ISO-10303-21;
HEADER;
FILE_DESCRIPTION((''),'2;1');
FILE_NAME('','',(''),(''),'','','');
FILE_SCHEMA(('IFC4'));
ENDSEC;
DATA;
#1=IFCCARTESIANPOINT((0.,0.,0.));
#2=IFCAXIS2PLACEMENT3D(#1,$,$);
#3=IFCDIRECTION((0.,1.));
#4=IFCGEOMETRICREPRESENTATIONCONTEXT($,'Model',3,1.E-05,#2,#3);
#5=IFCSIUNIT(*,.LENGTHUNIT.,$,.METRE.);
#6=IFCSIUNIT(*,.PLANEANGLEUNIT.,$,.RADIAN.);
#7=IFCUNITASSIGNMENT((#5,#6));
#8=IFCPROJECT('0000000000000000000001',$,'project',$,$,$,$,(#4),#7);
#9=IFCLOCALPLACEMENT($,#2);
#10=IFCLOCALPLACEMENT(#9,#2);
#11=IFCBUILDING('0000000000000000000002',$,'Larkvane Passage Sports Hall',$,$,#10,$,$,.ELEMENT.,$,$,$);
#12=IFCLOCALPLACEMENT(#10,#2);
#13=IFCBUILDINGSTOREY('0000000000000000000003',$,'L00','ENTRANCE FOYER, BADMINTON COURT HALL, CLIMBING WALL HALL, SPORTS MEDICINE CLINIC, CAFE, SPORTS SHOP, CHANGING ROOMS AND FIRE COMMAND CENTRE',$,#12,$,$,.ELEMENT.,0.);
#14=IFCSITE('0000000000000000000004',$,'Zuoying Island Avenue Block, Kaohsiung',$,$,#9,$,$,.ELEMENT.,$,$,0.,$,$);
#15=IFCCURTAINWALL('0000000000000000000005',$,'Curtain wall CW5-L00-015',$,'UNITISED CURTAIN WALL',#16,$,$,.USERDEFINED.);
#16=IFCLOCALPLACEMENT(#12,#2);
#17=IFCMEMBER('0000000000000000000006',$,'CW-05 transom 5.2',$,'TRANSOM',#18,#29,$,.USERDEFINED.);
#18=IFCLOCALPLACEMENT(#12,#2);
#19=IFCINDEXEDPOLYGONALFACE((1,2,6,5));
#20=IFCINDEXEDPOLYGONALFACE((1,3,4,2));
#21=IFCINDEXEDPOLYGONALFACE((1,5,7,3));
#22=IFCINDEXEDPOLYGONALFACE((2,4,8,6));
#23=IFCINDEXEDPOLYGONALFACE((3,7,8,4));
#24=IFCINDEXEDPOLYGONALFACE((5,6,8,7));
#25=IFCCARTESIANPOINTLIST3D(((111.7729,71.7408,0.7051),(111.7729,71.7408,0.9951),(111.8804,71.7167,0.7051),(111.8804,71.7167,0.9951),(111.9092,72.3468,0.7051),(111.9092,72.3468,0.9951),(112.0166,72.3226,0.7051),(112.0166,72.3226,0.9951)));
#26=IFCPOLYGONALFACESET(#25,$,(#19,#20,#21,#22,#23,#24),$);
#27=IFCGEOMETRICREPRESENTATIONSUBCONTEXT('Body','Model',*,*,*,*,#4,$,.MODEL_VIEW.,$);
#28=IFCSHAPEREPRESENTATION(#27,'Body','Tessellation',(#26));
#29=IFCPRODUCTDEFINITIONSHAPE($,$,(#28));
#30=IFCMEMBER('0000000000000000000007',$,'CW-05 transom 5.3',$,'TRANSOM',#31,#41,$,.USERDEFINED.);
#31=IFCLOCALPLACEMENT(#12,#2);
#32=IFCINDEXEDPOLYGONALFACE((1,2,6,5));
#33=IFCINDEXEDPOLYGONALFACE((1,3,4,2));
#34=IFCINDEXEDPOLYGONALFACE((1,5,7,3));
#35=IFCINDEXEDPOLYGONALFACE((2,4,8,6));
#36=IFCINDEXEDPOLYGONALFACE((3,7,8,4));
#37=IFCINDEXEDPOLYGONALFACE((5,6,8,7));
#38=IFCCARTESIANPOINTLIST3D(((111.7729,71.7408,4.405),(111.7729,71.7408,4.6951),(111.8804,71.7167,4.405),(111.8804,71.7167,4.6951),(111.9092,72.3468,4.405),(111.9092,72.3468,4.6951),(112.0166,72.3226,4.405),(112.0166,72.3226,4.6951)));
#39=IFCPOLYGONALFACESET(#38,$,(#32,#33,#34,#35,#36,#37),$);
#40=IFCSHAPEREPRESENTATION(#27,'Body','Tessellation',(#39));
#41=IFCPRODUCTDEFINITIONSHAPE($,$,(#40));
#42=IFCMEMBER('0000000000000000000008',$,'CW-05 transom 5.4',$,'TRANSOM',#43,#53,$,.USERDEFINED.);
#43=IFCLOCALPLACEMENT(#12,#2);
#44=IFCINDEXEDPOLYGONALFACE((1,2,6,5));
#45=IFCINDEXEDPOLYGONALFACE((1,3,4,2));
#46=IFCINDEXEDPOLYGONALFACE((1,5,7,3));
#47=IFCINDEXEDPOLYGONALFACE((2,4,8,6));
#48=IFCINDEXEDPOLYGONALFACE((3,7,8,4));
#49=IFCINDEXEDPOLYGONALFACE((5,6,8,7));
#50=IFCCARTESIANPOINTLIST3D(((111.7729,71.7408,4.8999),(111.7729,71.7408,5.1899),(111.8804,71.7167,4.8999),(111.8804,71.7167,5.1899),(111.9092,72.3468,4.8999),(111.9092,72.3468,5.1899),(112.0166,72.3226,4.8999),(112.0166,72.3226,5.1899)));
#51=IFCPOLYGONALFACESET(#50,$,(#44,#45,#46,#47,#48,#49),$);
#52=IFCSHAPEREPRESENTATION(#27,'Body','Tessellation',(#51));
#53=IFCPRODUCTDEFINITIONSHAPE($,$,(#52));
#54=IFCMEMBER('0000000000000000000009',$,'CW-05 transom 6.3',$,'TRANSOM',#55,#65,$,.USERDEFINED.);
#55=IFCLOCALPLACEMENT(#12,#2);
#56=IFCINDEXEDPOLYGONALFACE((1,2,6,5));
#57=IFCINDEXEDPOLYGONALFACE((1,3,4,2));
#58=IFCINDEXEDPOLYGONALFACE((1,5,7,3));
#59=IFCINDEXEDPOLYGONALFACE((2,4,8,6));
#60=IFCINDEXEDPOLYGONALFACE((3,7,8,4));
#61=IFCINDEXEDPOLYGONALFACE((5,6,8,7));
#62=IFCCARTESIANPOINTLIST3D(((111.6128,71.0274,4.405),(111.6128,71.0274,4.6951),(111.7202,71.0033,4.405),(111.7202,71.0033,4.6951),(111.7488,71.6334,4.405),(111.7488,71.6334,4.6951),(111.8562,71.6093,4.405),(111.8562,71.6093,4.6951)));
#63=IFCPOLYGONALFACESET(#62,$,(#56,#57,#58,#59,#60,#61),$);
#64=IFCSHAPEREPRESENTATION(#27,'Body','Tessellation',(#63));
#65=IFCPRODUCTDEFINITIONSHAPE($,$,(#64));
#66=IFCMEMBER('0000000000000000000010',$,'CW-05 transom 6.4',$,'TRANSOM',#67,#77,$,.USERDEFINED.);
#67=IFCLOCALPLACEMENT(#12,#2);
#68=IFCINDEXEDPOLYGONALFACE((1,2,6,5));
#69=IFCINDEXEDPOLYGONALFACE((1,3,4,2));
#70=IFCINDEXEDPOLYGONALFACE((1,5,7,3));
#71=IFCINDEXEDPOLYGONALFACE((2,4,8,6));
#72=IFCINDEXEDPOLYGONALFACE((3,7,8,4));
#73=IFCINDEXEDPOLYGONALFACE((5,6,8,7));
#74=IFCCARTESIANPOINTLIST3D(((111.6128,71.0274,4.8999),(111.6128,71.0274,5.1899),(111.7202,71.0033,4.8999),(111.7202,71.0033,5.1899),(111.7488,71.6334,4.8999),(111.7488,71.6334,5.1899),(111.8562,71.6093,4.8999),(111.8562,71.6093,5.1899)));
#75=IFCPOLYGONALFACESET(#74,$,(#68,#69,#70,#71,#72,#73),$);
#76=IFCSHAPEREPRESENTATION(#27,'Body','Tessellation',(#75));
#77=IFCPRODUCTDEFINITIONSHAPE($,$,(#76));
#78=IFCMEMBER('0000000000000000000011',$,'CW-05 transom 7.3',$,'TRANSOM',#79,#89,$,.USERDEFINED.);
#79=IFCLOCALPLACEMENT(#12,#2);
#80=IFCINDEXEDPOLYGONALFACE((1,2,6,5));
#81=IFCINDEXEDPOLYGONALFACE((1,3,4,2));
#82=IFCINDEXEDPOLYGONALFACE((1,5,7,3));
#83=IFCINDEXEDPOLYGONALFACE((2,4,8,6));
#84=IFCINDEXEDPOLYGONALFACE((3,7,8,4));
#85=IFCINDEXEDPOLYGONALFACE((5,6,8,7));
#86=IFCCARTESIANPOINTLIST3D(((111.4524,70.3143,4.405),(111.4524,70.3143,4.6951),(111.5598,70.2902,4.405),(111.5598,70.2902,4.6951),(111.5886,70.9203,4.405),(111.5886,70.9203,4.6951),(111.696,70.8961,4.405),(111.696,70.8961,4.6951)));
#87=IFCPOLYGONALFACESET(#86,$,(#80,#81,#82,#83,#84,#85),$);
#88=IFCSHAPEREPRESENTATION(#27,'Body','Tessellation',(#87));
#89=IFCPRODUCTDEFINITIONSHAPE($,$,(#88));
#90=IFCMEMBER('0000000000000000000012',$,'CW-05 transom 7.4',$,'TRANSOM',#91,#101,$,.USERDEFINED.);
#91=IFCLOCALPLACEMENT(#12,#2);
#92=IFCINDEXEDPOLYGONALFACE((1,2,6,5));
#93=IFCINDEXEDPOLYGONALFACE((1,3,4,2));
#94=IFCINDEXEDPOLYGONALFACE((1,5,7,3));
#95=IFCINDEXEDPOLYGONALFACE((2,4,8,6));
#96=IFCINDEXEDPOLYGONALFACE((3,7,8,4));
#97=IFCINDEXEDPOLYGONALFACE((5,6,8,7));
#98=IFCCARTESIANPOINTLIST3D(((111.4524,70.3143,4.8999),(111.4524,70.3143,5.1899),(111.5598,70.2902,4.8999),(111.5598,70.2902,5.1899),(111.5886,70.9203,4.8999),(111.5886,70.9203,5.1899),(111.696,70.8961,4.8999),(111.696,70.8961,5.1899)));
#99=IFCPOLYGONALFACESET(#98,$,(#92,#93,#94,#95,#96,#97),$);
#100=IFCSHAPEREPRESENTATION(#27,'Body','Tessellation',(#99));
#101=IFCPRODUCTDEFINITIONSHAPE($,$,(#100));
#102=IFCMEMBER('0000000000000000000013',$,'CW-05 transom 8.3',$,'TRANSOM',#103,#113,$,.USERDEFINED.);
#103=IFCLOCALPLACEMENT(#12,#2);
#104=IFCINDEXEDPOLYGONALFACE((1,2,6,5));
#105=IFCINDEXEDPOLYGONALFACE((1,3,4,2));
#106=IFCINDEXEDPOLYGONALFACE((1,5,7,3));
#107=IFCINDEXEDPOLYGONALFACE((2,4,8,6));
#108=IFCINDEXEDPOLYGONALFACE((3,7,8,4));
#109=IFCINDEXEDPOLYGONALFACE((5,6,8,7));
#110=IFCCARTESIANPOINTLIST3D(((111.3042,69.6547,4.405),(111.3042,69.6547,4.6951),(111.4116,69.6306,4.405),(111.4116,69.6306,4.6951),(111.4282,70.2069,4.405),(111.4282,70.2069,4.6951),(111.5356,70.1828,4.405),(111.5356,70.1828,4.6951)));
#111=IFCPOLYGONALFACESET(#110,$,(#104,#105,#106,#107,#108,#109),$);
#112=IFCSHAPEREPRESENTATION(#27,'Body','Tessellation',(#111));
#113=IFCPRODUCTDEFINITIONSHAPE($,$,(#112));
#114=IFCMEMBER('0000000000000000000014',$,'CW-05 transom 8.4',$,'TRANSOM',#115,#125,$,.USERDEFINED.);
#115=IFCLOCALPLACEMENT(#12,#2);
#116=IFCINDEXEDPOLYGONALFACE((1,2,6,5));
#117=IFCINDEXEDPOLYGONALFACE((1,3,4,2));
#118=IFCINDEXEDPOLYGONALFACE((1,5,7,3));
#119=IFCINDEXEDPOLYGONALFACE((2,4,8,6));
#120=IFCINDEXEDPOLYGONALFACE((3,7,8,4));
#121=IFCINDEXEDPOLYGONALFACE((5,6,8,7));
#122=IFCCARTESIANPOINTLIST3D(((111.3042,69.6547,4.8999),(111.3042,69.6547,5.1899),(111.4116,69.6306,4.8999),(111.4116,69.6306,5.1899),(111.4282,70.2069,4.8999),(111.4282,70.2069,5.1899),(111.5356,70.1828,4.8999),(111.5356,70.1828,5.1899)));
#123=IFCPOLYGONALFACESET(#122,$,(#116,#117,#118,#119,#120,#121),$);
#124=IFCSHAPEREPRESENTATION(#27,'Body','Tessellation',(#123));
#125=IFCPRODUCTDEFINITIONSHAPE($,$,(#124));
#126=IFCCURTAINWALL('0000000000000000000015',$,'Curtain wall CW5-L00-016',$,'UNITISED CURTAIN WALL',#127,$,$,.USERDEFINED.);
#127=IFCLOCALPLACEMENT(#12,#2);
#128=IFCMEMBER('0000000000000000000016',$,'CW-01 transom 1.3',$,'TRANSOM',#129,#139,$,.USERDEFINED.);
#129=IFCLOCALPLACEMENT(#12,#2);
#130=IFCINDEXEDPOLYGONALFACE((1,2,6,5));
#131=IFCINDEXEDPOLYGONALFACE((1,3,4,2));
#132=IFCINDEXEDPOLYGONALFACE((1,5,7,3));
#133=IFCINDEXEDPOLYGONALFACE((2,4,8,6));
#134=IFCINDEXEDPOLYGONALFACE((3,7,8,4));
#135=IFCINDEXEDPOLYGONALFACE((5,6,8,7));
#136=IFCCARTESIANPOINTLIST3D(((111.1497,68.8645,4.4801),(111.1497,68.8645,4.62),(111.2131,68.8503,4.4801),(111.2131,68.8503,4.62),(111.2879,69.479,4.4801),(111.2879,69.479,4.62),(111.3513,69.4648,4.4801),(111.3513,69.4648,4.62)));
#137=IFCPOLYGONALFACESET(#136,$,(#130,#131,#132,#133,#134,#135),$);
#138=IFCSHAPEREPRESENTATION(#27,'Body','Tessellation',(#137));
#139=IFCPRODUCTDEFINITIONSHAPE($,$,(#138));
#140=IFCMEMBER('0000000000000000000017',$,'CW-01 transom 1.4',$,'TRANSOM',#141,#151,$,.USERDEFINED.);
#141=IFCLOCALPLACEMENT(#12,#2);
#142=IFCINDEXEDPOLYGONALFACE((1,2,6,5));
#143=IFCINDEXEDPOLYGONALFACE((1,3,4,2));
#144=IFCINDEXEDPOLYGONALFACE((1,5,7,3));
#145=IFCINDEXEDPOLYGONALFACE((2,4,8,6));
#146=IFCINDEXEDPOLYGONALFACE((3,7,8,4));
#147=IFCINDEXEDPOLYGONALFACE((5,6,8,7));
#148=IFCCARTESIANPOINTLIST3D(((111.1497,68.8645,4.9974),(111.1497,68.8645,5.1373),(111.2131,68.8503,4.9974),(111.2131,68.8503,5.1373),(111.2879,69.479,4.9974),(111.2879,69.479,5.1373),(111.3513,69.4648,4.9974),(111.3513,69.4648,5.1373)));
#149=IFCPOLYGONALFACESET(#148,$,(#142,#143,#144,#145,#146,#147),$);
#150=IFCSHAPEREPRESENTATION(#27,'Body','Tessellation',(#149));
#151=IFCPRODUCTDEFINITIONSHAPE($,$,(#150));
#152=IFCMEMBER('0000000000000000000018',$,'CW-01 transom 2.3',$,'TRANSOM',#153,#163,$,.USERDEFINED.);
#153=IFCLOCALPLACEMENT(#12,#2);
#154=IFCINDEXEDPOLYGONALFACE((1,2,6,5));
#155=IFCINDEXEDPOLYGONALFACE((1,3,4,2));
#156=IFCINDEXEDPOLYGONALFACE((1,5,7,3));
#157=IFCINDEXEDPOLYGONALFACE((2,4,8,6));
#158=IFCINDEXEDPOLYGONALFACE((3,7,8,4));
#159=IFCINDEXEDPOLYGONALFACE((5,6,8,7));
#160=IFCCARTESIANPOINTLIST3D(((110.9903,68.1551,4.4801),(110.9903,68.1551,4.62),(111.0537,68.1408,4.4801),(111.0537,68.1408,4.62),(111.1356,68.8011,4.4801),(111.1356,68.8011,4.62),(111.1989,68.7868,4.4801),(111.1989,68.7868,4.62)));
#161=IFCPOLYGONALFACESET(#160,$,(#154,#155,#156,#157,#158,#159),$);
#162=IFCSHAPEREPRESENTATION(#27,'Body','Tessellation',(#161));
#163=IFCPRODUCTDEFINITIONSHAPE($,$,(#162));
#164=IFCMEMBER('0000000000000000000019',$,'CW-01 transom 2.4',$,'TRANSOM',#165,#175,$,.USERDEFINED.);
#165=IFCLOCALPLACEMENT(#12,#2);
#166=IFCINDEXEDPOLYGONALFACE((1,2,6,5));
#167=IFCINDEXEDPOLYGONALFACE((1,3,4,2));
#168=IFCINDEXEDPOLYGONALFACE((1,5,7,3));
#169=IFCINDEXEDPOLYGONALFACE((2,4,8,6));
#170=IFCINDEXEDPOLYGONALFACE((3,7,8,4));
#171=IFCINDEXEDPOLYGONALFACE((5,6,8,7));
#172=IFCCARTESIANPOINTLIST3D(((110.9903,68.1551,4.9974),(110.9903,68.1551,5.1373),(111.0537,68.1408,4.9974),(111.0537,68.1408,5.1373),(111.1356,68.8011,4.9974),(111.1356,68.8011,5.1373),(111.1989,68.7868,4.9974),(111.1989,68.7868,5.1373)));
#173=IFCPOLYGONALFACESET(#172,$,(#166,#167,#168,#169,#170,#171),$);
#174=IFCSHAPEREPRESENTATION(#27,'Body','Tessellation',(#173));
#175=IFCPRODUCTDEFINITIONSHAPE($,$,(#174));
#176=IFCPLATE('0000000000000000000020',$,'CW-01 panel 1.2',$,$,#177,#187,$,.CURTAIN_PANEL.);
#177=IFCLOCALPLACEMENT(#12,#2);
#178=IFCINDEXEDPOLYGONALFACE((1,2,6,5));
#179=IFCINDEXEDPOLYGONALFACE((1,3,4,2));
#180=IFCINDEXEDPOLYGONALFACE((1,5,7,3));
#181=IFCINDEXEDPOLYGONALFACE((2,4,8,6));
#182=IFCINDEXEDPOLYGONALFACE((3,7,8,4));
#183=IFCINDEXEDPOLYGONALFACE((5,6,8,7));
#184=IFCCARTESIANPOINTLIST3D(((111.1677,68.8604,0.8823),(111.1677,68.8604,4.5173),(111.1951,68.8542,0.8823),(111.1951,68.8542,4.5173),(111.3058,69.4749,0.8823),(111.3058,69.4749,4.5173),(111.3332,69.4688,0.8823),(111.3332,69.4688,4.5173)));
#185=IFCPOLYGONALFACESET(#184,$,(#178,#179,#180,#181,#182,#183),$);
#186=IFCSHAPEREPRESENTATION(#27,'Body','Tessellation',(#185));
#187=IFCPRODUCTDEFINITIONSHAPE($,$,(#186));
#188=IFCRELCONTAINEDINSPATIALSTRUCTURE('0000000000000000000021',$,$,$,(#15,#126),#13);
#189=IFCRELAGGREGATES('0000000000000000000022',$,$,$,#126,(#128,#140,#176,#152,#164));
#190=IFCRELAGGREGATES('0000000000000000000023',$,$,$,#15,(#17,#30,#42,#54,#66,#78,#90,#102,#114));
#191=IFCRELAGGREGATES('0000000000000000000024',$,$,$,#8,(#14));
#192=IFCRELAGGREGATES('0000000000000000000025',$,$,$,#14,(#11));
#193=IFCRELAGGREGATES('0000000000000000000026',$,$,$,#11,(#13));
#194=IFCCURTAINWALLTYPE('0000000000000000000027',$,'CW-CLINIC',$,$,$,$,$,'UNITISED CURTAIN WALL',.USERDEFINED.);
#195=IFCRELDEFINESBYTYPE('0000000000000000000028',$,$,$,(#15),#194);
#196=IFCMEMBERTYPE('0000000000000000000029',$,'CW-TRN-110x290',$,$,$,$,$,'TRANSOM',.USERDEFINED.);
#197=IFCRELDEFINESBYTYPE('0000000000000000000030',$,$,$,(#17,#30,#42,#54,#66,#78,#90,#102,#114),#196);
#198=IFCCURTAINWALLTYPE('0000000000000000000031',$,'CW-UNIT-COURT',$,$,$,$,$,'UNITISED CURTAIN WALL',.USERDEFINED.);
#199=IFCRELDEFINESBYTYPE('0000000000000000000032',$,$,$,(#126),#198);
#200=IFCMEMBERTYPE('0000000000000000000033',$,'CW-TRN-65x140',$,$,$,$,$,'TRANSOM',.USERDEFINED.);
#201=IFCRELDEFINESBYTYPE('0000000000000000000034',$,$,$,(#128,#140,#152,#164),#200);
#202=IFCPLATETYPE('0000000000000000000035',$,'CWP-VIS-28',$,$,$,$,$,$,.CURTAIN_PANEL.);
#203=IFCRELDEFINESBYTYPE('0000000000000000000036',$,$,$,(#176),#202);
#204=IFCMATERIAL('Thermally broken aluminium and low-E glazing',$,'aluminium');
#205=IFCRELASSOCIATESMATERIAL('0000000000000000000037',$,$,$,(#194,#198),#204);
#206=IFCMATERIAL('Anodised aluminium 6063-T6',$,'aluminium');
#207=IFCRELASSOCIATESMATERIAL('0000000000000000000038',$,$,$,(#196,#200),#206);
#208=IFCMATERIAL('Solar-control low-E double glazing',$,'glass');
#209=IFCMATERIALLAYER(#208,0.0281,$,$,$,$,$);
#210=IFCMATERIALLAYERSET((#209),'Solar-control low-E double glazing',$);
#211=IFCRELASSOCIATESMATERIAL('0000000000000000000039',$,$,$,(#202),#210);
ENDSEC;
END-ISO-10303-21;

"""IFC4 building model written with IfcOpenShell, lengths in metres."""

from ifc_helpers import new_model, si_unit, direction, frame, origin, origin_2d, place, context, subcontext, project, spatial, rectangle, extrude, material, layer, layer_set, material_profile, profile_set, type_object, element, aggregate, save


model = new_model("IFC4")

# Units and contexts
model_context = context("Model", 3, precision=1e-05, world=origin(), true_north=direction((0.0, 1.0)))
body_context = subcontext(model_context, "Body", "Model", "MODEL_VIEW")
ifc_project = project(units=[si_unit("LENGTHUNIT", "METRE"), si_unit("PLANEANGLEUNIT", "RADIAN")], contexts=[model_context])

# Site, building, storey
site_placement = place(None, origin())
site = spatial("IfcSite", under=ifc_project, at=site_placement, Name="Zuoying Island Avenue Block, Kaohsiung", CompositionType="ELEMENT", RefElevation=0.0)
building_placement = place(site_placement, origin())
building = spatial("IfcBuilding", under=site, at=building_placement, Name="Larkvane Passage Sports Hall", CompositionType="ELEMENT")
storey_placement = place(building_placement, origin())
storey = spatial("IfcBuildingStorey", under=building, at=storey_placement, Name="L00", Description="ENTRANCE FOYER, BADMINTON COURT HALL, CLIMBING WALL HALL, SPORTS MEDICINE CLINIC, CAFE, SPORTS SHOP, CHANGING ROOMS AND FIRE COMMAND CENTRE", CompositionType="ELEMENT", Elevation=0.0)

# Curtain wall, members
ifc_material_1 = material(Name="Thermally broken aluminium and low-E glazing", Category="aluminium")
curtain_wall_type_1 = type_object("IfcCurtainWallType", Name="CW-CLINIC", ElementType="UNITISED CURTAIN WALL", PredefinedType="USERDEFINED", material=ifc_material_1)
curtain_wall_1_placement = place(storey_placement, origin())
curtain_wall_1 = element("IfcCurtainWall", 1, at=curtain_wall_1_placement, inside=storey, type_object=curtain_wall_type_1, Name="Curtain wall CW5-L00-015", ObjectType="UNITISED CURTAIN WALL", PredefinedType="USERDEFINED")
ifc_material_2 = material(Name="Anodised aluminium 6063-T6", Category="aluminium")
ifc_material_profile_1 = material_profile(ifc_material_2, rectangle(XDim=0.1101, YDim=0.29, at=origin_2d()), Name="ALU-TRN-110x290")
ifc_profile_set_1 = profile_set([ifc_material_profile_1], Name="Anodised aluminium 6063-T6")
member_type_1 = type_object("IfcMemberType", Name="CW-TRN-110x290", ElementType="TRANSOM", PredefinedType="USERDEFINED", material=ifc_profile_set_1)
member_1_placement = place(storey_placement, frame((111.9629, 72.3347, 0.8501), z_axis=(-0.219344, -0.975648, 0.0), x_axis=(0.975648, -0.219344, 0.0)))
member_1 = element("IfcMember", 2, at=member_1_placement, type_object=member_type_1, Name="CW-05 transom 5.2", ObjectType="TRANSOM", PredefinedType="USERDEFINED", context=body_context, shape_type="SweptSolid", body=[
    extrude(rectangle(XDim=0.1101, YDim=0.29, at=origin_2d()), origin(), (0.0, 0.0, 1.0), 0.6211),
])
member_2_placement = place(storey_placement, frame((111.9629, 72.3347, 4.55), z_axis=(-0.219344, -0.975648, 0.0), x_axis=(0.975648, -0.219344, 0.0)))
member_2 = element("IfcMember", 3, at=member_2_placement, type_object=member_type_1, Name="CW-05 transom 5.3", ObjectType="TRANSOM", PredefinedType="USERDEFINED", context=body_context, shape_type="SweptSolid", body=[
    extrude(rectangle(XDim=0.1101, YDim=0.29, at=origin_2d()), origin(), (0.0, 0.0, 1.0), 0.6211),
])
member_3_placement = place(storey_placement, frame((111.9629, 72.3347, 5.0449), z_axis=(-0.219344, -0.975648, 0.0), x_axis=(0.975648, -0.219344, 0.0)))
member_3 = element("IfcMember", 4, at=member_3_placement, type_object=member_type_1, Name="CW-05 transom 5.4", ObjectType="TRANSOM", PredefinedType="USERDEFINED", context=body_context, shape_type="SweptSolid", body=[
    extrude(rectangle(XDim=0.1101, YDim=0.29, at=origin_2d()), origin(), (0.0, 0.0, 1.0), 0.6211),
])
member_4_placement = place(storey_placement, frame((111.8025, 71.6213, 4.55), z_axis=(-0.21897, -0.975732, 0.0), x_axis=(0.975732, -0.21897, 0.0)))
member_4 = element("IfcMember", 5, at=member_4_placement, type_object=member_type_1, Name="CW-05 transom 6.3", ObjectType="TRANSOM", PredefinedType="USERDEFINED", context=body_context, shape_type="SweptSolid", body=[
    extrude(rectangle(XDim=0.1101, YDim=0.29, at=origin_2d()), origin(), (0.0, 0.0, 1.0), 0.6211),
])
member_5_placement = place(storey_placement, frame((111.8025, 71.6213, 5.0449), z_axis=(-0.21897, -0.975732, 0.0), x_axis=(0.975732, -0.21897, 0.0)))
member_5 = element("IfcMember", 6, at=member_5_placement, type_object=member_type_1, Name="CW-05 transom 6.4", ObjectType="TRANSOM", PredefinedType="USERDEFINED", context=body_context, shape_type="SweptSolid", body=[
    extrude(rectangle(XDim=0.1101, YDim=0.29, at=origin_2d()), origin(), (0.0, 0.0, 1.0), 0.6211),
])
member_6_placement = place(storey_placement, frame((111.6423, 70.9082, 4.55), z_axis=(-0.219344, -0.975648, 0.0), x_axis=(0.975648, -0.219344, 0.0)))
member_6 = element("IfcMember", 7, at=member_6_placement, type_object=member_type_1, Name="CW-05 transom 7.3", ObjectType="TRANSOM", PredefinedType="USERDEFINED", context=body_context, shape_type="SweptSolid", body=[
    extrude(rectangle(XDim=0.1101, YDim=0.29, at=origin_2d()), origin(), (0.0, 0.0, 1.0), 0.6211),
])
member_7_placement = place(storey_placement, frame((111.6423, 70.9082, 5.0449), z_axis=(-0.219344, -0.975648, 0.0), x_axis=(0.975648, -0.219344, 0.0)))
member_7 = element("IfcMember", 8, at=member_7_placement, type_object=member_type_1, Name="CW-05 transom 7.4", ObjectType="TRANSOM", PredefinedType="USERDEFINED", context=body_context, shape_type="SweptSolid", body=[
    extrude(rectangle(XDim=0.1101, YDim=0.29, at=origin_2d()), origin(), (0.0, 0.0, 1.0), 0.6211),
])
member_8_placement = place(storey_placement, frame((111.4819, 70.1948, 4.55), z_axis=(-0.219122, -0.975697, 0.0), x_axis=(0.975697, -0.219122, 0.0)))
member_8 = element("IfcMember", 9, at=member_8_placement, type_object=member_type_1, Name="CW-05 transom 8.3", ObjectType="TRANSOM", PredefinedType="USERDEFINED", context=body_context, shape_type="SweptSolid", body=[
    extrude(rectangle(XDim=0.1101, YDim=0.29, at=origin_2d()), origin(), (0.0, 0.0, 1.0), 0.5659),
])
member_9_placement = place(storey_placement, frame((111.4819, 70.1948, 5.0449), z_axis=(-0.219122, -0.975697, 0.0), x_axis=(0.975697, -0.219122, 0.0)))
member_9 = element("IfcMember", 10, at=member_9_placement, type_object=member_type_1, Name="CW-05 transom 8.4", ObjectType="TRANSOM", PredefinedType="USERDEFINED", context=body_context, shape_type="SweptSolid", body=[
    extrude(rectangle(XDim=0.1101, YDim=0.29, at=origin_2d()), origin(), (0.0, 0.0, 1.0), 0.5659),
])

# Curtain wall, members, plate
curtain_wall_type_2 = type_object("IfcCurtainWallType", Name="CW-UNIT-COURT", ElementType="UNITISED CURTAIN WALL", PredefinedType="USERDEFINED", material=ifc_material_1)
curtain_wall_2_placement = place(storey_placement, origin())
curtain_wall_2 = element("IfcCurtainWall", 11, at=curtain_wall_2_placement, inside=storey, type_object=curtain_wall_type_2, Name="Curtain wall CW5-L00-016", ObjectType="UNITISED CURTAIN WALL", PredefinedType="USERDEFINED")
ifc_material_profile_2 = material_profile(ifc_material_2, rectangle(XDim=0.0649, YDim=0.1399, at=origin_2d()), Name="ALU-TRN-65x140")
ifc_profile_set_2 = profile_set([ifc_material_profile_2], Name="Anodised aluminium 6063-T6")
member_type_2 = type_object("IfcMemberType", Name="CW-TRN-65x140", ElementType="TRANSOM", PredefinedType="USERDEFINED", material=ifc_profile_set_2)
member_10_placement = place(storey_placement, frame((111.3196, 69.4719, 4.55), z_axis=(-0.219392, -0.975637, 0.0), x_axis=(0.975637, -0.219392, 0.0)))
member_10 = element("IfcMember", 12, at=member_10_placement, type_object=member_type_2, Name="CW-01 transom 1.3", ObjectType="TRANSOM", PredefinedType="USERDEFINED", context=body_context, shape_type="SweptSolid", body=[
    extrude(rectangle(XDim=0.0649, YDim=0.1399, at=origin_2d()), origin(), (0.0, 0.0, 1.0), 0.6299),
])
member_11_placement = place(storey_placement, frame((111.3196, 69.4719, 5.0674), z_axis=(-0.219392, -0.975637, 0.0), x_axis=(0.975637, -0.219392, 0.0)))
member_11 = element("IfcMember", 13, at=member_11_placement, type_object=member_type_2, Name="CW-01 transom 1.4", ObjectType="TRANSOM", PredefinedType="USERDEFINED", context=body_context, shape_type="SweptSolid", body=[
    extrude(rectangle(XDim=0.0649, YDim=0.1399, at=origin_2d()), origin(), (0.0, 0.0, 1.0), 0.6299),
])
member_12_placement = place(storey_placement, frame((111.1672, 68.7939, 4.55), z_axis=(-0.219389, -0.975637, 0.0), x_axis=(0.975637, -0.219389, 0.0)))
member_12 = element("IfcMember", 14, at=member_12_placement, type_object=member_type_2, Name="CW-01 transom 2.3", ObjectType="TRANSOM", PredefinedType="USERDEFINED", context=body_context, shape_type="SweptSolid", body=[
    extrude(rectangle(XDim=0.0649, YDim=0.1399, at=origin_2d()), origin(), (0.0, 0.0, 1.0), 0.6621),
])
member_13_placement = place(storey_placement, frame((111.1672, 68.7939, 5.0674), z_axis=(-0.219389, -0.975637, 0.0), x_axis=(0.975637, -0.219389, 0.0)))
member_13 = element("IfcMember", 15, at=member_13_placement, type_object=member_type_2, Name="CW-01 transom 2.4", ObjectType="TRANSOM", PredefinedType="USERDEFINED", context=body_context, shape_type="SweptSolid", body=[
    extrude(rectangle(XDim=0.0649, YDim=0.1399, at=origin_2d()), origin(), (0.0, 0.0, 1.0), 0.6621),
])
ifc_material_3 = material(Name="Solar-control low-E double glazing", Category="glass")
ifc_layer_1 = layer(ifc_material_3, 0.0281)
ifc_layer_set_1 = layer_set([ifc_layer_1], Name="Solar-control low-E double glazing")
plate_type_1 = type_object("IfcPlateType", Name="CWP-VIS-28", PredefinedType="CURTAIN_PANEL", material=ifc_layer_set_1)
plate_1_placement = place(storey_placement, frame((111.2505, 69.1646, 0.8823), z_axis=(0.0, 0.0, 1.0), x_axis=(-0.219261, -0.975666, 0.0)))
plate_1 = element("IfcPlate", 16, at=plate_1_placement, type_object=plate_type_1, Name="CW-01 panel 1.2", PredefinedType="CURTAIN_PANEL", context=body_context, shape_type="SweptSolid", body=[
    extrude(rectangle(XDim=0.6299, YDim=0.0281, at=origin_2d()), origin(), (0.0, 0.0, 1.0), 3.635),
])
aggregate(curtain_wall_2, [member_10, member_11, plate_1, member_12, member_13])

aggregate(curtain_wall_1, [member_1, member_2, member_3, member_4, member_5, member_6, member_7, member_8, member_9])

save(model, "model.ifc")
